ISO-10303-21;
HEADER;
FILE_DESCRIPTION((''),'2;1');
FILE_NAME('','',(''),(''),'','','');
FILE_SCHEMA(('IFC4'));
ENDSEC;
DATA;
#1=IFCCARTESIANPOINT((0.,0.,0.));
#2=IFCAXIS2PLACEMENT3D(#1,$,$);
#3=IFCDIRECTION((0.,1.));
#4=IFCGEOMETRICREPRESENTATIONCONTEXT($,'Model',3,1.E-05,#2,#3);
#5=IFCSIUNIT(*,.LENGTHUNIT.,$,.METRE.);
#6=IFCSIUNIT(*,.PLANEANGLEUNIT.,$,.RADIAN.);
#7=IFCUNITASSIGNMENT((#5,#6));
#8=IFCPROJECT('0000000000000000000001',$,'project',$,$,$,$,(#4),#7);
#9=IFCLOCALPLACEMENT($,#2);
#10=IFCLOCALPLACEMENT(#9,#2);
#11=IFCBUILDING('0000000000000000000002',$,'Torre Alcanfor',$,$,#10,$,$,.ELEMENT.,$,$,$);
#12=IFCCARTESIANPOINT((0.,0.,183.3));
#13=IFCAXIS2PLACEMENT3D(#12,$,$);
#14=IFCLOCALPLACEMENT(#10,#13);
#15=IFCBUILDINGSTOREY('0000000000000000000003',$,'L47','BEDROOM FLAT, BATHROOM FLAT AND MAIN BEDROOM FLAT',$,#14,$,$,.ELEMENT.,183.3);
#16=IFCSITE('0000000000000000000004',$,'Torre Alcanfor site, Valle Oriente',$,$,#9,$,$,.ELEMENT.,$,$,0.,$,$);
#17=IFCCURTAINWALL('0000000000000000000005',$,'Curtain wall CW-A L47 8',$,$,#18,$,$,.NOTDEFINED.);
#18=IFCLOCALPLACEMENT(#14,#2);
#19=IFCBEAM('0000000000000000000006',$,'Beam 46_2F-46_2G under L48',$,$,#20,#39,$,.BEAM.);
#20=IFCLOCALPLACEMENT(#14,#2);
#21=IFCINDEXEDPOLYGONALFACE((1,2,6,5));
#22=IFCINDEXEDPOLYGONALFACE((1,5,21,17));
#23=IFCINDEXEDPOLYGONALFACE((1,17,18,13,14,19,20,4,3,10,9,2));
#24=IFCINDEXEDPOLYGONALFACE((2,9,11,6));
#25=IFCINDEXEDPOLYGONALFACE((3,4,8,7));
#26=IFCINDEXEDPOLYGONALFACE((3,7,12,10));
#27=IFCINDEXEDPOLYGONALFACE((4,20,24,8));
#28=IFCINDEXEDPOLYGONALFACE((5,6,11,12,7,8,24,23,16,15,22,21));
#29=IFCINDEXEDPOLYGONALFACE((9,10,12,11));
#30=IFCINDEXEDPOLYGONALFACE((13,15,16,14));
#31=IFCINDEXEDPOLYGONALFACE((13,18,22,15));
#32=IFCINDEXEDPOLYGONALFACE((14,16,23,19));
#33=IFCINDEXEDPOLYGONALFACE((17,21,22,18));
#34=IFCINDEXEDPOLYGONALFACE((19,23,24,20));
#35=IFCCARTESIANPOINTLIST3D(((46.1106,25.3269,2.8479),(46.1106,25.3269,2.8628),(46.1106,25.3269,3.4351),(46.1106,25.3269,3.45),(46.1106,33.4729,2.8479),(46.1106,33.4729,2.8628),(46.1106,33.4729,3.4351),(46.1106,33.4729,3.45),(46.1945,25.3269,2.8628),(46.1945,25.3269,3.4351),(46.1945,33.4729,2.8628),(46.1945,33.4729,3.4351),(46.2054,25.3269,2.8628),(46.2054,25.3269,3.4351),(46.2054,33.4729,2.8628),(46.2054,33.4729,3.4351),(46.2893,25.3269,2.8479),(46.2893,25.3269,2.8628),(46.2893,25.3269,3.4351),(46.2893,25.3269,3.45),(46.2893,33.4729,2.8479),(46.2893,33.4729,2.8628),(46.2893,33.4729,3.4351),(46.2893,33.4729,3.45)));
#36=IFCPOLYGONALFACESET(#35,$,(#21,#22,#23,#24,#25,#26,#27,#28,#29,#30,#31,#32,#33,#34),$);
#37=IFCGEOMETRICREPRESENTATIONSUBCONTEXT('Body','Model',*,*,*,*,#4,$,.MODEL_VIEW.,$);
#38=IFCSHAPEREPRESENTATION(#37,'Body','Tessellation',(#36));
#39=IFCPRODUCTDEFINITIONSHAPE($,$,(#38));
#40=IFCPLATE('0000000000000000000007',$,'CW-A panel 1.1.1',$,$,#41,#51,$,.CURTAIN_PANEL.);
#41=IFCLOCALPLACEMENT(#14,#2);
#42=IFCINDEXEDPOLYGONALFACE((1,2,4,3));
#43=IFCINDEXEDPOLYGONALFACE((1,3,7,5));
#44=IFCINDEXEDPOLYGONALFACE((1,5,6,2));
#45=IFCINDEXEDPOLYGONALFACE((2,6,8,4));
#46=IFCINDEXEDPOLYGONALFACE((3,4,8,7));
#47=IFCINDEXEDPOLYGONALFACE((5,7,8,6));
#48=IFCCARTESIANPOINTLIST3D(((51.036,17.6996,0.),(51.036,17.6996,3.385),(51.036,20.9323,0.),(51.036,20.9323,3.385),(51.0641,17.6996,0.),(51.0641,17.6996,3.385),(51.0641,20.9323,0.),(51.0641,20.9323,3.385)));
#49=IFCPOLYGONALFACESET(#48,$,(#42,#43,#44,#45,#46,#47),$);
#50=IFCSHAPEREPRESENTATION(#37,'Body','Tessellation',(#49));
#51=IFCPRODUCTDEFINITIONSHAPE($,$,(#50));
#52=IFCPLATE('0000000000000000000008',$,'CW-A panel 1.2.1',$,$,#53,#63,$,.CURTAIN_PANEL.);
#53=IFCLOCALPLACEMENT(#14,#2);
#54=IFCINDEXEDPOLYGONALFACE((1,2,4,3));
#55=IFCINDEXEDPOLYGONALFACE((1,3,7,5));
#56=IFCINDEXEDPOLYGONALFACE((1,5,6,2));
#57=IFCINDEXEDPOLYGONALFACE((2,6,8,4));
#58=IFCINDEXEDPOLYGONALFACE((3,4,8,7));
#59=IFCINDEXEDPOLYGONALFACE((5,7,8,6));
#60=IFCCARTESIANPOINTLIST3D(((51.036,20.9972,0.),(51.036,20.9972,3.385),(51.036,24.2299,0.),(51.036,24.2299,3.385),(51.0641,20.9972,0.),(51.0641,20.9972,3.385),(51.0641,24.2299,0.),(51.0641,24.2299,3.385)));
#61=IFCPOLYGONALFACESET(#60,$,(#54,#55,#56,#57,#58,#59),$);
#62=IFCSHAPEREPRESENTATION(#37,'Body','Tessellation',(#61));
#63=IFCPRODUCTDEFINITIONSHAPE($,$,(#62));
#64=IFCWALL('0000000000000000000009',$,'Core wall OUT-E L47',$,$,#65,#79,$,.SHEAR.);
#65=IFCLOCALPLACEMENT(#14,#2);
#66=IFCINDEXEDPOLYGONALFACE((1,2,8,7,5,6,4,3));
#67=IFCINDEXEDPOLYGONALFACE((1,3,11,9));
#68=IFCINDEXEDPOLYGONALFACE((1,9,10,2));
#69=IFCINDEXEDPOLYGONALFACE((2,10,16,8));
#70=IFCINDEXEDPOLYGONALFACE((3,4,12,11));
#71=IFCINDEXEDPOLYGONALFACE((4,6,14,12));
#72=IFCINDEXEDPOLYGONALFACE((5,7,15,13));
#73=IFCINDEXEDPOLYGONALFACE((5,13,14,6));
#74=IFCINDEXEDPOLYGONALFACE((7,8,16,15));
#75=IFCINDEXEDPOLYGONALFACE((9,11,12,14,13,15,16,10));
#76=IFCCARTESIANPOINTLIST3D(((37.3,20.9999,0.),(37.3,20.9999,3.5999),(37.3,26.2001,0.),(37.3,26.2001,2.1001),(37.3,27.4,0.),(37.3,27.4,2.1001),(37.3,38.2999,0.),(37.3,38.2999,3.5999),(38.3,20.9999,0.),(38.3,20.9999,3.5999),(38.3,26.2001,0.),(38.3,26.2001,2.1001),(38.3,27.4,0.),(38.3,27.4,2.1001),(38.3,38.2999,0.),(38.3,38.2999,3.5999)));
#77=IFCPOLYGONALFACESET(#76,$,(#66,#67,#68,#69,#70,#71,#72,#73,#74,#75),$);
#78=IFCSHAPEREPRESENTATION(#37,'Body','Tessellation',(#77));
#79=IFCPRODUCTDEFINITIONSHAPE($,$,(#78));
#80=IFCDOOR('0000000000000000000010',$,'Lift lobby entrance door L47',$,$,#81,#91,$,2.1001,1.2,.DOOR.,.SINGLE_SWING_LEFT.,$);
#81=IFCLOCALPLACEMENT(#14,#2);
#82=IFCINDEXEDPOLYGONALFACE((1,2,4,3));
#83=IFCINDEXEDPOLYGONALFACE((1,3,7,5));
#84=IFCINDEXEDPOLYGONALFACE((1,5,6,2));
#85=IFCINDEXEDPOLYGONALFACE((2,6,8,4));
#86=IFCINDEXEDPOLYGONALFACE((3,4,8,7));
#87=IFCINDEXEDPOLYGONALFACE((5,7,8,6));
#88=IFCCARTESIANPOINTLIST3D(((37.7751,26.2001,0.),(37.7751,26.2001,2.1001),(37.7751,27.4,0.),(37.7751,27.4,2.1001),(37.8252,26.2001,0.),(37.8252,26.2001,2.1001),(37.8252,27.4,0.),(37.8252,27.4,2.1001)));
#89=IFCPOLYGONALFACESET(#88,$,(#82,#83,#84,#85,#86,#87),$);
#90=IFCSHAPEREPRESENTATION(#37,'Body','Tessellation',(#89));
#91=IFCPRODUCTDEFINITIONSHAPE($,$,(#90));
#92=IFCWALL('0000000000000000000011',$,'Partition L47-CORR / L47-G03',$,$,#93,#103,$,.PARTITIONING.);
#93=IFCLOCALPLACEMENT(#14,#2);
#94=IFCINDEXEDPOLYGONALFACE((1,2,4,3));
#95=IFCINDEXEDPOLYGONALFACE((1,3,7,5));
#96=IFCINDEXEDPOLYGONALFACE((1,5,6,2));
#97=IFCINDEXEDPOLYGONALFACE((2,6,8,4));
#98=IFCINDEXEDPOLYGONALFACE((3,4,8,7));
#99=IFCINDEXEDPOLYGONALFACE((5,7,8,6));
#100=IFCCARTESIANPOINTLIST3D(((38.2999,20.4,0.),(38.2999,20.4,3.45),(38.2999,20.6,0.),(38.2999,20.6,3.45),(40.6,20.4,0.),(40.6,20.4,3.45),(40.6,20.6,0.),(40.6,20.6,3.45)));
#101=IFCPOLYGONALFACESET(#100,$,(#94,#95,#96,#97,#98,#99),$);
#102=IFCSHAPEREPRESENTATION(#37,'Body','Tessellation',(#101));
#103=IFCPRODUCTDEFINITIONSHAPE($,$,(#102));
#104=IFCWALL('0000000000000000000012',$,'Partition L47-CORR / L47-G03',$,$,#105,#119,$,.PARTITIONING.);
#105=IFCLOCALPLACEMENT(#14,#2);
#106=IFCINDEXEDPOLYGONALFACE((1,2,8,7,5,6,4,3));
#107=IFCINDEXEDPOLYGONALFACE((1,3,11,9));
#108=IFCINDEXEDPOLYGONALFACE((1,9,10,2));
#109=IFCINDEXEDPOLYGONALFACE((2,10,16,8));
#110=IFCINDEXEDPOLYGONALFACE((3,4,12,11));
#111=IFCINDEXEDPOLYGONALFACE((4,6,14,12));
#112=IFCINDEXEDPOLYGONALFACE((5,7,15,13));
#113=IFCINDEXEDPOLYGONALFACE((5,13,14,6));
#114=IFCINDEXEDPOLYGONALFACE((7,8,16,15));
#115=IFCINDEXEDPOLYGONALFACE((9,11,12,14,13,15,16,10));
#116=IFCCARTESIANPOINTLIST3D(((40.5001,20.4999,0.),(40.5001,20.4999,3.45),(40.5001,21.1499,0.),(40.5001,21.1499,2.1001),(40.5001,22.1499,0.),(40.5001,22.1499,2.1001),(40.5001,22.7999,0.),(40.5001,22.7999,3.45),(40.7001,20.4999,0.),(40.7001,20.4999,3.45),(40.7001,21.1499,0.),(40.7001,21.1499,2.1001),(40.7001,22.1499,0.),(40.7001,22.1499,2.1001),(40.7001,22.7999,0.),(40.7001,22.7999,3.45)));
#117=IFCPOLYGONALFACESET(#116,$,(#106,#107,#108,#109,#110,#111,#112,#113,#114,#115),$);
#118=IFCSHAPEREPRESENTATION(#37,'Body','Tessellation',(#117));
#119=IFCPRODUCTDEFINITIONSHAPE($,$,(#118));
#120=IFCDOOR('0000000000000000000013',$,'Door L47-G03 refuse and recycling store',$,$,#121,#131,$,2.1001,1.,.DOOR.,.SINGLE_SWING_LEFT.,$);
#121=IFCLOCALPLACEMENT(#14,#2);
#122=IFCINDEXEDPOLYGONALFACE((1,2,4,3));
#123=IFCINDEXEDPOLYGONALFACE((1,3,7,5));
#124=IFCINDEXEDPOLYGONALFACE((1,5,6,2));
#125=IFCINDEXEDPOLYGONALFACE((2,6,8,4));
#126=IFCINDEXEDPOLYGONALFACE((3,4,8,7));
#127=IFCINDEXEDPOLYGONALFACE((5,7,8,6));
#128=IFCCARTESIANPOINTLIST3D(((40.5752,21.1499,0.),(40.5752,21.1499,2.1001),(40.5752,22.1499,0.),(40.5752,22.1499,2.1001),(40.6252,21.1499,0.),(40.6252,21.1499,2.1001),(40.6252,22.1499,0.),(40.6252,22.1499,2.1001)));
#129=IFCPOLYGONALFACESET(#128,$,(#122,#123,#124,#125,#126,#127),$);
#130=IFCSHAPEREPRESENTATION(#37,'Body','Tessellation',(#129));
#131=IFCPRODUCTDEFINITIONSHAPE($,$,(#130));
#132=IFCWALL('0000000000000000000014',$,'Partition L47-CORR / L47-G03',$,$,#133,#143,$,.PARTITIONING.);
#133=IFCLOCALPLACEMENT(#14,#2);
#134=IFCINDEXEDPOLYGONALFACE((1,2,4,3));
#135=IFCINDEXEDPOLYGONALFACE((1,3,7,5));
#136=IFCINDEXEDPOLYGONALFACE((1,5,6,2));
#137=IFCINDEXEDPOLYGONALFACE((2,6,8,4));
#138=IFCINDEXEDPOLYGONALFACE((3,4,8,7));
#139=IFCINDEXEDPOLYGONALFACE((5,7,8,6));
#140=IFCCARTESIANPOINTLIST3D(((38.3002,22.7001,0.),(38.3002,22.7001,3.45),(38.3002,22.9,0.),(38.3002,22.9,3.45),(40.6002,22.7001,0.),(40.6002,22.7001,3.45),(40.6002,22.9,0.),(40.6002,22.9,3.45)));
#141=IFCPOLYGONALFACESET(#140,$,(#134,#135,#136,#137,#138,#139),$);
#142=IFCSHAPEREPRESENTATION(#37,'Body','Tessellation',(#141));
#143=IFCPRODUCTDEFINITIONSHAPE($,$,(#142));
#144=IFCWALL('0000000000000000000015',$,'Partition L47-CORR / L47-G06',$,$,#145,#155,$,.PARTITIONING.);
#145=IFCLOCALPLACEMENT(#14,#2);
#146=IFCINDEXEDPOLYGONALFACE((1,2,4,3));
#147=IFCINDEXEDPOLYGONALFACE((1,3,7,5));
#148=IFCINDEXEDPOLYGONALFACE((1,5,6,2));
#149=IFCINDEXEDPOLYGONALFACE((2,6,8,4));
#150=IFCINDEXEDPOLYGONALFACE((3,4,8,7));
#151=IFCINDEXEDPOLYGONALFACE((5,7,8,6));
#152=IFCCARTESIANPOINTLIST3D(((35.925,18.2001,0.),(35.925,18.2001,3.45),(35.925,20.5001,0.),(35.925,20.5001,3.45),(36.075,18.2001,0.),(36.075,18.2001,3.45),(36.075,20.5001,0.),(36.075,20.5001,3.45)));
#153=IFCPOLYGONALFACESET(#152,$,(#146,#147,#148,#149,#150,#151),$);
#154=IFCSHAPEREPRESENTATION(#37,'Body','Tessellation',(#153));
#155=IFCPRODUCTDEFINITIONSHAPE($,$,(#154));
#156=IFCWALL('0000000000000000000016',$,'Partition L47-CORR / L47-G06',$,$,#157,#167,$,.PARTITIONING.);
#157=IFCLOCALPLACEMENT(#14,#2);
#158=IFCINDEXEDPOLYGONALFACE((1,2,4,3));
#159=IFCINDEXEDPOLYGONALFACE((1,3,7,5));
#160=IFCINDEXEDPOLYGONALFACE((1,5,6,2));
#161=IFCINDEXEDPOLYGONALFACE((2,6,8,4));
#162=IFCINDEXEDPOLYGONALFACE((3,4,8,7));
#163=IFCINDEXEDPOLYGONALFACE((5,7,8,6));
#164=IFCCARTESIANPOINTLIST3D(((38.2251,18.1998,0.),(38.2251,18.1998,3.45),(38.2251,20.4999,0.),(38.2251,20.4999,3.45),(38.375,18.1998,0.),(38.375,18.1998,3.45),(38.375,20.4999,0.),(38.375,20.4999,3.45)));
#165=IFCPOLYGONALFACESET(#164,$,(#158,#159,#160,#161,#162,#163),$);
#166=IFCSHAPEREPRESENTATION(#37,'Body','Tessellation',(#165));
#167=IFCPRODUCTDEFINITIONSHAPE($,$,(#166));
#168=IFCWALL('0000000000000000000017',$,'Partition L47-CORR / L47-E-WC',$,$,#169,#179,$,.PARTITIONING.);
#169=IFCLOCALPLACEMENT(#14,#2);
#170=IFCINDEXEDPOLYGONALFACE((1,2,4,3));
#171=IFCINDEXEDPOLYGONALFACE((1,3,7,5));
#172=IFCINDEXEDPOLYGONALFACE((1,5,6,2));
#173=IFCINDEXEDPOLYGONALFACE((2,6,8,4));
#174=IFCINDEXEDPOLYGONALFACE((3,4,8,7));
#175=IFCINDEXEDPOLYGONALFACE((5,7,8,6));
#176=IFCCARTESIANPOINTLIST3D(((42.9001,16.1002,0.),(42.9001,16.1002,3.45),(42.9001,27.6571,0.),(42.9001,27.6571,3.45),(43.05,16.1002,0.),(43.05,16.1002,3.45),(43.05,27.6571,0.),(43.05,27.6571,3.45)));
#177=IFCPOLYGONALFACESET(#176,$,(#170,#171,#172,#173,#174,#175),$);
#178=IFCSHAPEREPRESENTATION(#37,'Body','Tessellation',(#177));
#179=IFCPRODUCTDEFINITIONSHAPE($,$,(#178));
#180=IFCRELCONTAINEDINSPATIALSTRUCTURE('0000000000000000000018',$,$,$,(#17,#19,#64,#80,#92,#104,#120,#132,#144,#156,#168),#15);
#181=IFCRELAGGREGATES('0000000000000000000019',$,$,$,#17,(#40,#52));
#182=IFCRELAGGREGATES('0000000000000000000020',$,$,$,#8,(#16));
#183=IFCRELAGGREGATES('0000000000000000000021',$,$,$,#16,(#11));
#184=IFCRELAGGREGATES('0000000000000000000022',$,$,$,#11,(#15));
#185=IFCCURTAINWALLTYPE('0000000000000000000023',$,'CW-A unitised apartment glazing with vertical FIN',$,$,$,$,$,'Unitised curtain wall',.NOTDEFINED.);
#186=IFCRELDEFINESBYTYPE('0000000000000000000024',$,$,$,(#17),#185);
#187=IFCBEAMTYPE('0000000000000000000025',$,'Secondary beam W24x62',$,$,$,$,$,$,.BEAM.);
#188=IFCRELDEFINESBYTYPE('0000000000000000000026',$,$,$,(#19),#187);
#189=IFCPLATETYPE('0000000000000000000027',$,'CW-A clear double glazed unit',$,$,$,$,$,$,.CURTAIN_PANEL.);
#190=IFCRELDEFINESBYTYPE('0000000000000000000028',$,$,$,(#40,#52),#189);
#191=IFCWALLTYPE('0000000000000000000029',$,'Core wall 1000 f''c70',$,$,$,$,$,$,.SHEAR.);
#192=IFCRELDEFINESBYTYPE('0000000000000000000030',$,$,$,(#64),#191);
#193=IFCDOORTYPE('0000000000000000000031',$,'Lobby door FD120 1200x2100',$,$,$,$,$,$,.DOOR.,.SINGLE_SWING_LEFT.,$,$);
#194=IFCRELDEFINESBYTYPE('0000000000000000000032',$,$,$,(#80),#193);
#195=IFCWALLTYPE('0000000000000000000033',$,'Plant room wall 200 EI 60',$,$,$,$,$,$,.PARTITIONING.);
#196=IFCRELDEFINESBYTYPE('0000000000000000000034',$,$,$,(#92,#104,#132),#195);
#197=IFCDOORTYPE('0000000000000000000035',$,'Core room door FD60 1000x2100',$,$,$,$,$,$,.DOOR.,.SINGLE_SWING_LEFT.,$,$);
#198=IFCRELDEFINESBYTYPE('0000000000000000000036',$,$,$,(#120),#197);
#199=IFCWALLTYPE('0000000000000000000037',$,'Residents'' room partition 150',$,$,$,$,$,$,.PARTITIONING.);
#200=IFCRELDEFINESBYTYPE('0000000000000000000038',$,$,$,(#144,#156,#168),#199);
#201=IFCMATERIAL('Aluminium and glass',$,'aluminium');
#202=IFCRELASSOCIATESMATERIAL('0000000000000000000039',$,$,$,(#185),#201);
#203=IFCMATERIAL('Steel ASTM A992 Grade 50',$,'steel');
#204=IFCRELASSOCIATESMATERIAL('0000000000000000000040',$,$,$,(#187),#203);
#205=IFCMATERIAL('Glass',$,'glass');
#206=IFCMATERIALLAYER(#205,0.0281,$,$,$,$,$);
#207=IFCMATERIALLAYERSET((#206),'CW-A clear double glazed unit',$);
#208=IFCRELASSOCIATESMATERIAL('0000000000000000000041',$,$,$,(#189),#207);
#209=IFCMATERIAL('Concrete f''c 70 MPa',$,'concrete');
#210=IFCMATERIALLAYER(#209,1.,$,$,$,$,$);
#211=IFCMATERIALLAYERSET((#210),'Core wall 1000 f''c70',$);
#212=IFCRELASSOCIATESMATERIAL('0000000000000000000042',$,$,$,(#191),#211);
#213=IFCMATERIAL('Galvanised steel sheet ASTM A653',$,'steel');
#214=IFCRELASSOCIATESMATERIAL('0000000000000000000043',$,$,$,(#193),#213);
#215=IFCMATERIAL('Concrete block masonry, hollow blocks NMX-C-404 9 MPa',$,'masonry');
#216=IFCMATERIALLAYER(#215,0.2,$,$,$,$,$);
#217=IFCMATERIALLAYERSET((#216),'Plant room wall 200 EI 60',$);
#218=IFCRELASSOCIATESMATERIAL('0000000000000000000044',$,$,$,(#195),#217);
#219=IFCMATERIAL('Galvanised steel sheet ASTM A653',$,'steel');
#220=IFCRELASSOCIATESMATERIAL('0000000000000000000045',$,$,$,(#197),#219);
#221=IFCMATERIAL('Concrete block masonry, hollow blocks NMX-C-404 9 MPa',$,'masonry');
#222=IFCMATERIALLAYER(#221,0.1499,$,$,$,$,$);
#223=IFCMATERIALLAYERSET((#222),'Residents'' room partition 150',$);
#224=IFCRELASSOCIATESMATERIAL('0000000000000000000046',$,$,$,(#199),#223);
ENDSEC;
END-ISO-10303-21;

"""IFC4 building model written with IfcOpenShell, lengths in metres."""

from ifc_helpers import new_model, si_unit, direction, frame, frame_2d, origin, origin_2d, place, context, subcontext, project, spatial, rectangle, i_section, extrude, material, layer, layer_set, material_profile, profile_set, type_object, element, fill, aggregate, save


model = new_model("IFC4")

# Units and contexts
model_context = context("Model", 3, precision=1e-05, world=origin(), true_north=direction((0.0, 1.0)))
body_context = subcontext(model_context, "Body", "Model", "MODEL_VIEW")
ifc_project = project(units=[si_unit("LENGTHUNIT", "METRE"), si_unit("PLANEANGLEUNIT", "RADIAN")], contexts=[model_context])

# Site, building, storey
site_placement = place(None, origin())
site = spatial("IfcSite", under=ifc_project, at=site_placement, Name="Torre Alcanfor site, Valle Oriente", CompositionType="ELEMENT", RefElevation=0.0)
building_placement = place(site_placement, origin())
building = spatial("IfcBuilding", under=site, at=building_placement, Name="Torre Alcanfor", CompositionType="ELEMENT")
storey_placement = place(building_placement, frame((0.0, 0.0, 183.3)))
storey = spatial("IfcBuildingStorey", under=building, at=storey_placement, Name="L47", Description="BEDROOM FLAT, BATHROOM FLAT AND MAIN BEDROOM FLAT", CompositionType="ELEMENT", Elevation=183.3)

# Curtain wall
ifc_material_1 = material(Name="Aluminium and glass", Category="aluminium")
curtain_wall_type = type_object("IfcCurtainWallType", Name="CW-A unitised apartment glazing with vertical FIN", ElementType="Unitised curtain wall", PredefinedType="NOTDEFINED", material=ifc_material_1)
curtain_wall_placement = place(storey_placement, origin())
curtain_wall = element("IfcCurtainWall", 1, at=curtain_wall_placement, inside=storey, type_object=curtain_wall_type, Name="Curtain wall CW-A L47 8", PredefinedType="NOTDEFINED")

# Beam
ifc_material_2 = material(Name="Steel ASTM A992 Grade 50", Category="steel")
ifc_material_profile_1 = material_profile(ifc_material_2, i_section(OverallWidth=0.1787, OverallDepth=0.6021, WebThickness=0.011, FlangeThickness=0.0149, at=origin_2d()), Name="W24x62")
ifc_profile_set_1 = profile_set([ifc_material_profile_1], Name="Steel ASTM A992 Grade 50")
beam_type_1 = type_object("IfcBeamType", Name="Secondary beam W24x62", PredefinedType="BEAM", material=ifc_profile_set_1)
beam_1_placement = place(storey_placement, frame((46.2, 25.3269, 3.1489), z_axis=(0.0, 1.0, 0.0), x_axis=(-1.0, 0.0, 0.0)))
element("IfcBeam", 2, at=beam_1_placement, inside=storey, type_object=beam_type_1, Name="Beam 46_2F-46_2G under L48", PredefinedType="BEAM", context=body_context, shape_type="SweptSolid", body=[
    extrude(i_section(OverallWidth=0.1787, OverallDepth=0.6021, WebThickness=0.011, FlangeThickness=0.0149, at=origin_2d()), origin(), (0.0, 0.0, 1.0), 8.146),
])

# Plates
ifc_material_3 = material(Name="Glass", Category="glass")
ifc_layer_1 = layer(ifc_material_3, 0.0281)
ifc_layer_set_1 = layer_set([ifc_layer_1], Name="CW-A clear double glazed unit")
plate_type = type_object("IfcPlateType", Name="CW-A clear double glazed unit", PredefinedType="CURTAIN_PANEL", material=ifc_layer_set_1)
plate_1_placement = place(storey_placement, frame((51.05, 19.3159, 0.0), z_axis=(0.0, 0.0, 1.0), x_axis=(0.0, 1.0, 0.0)))
plate_1 = element("IfcPlate", 3, at=plate_1_placement, type_object=plate_type, Name="CW-A panel 1.1.1", PredefinedType="CURTAIN_PANEL", context=body_context, shape_type="SweptSolid", body=[
    extrude(rectangle(XDim=3.2327, YDim=0.0281, at=origin_2d()), origin(), (0.0, 0.0, 1.0), 3.385),
])
plate_2_placement = place(storey_placement, frame((51.05, 22.6135, 0.0), z_axis=(0.0, 0.0, 1.0), x_axis=(0.0, 1.0, 0.0)))
plate_2 = element("IfcPlate", 4, at=plate_2_placement, type_object=plate_type, Name="CW-A panel 1.2.1", PredefinedType="CURTAIN_PANEL", context=body_context, shape_type="SweptSolid", body=[
    extrude(rectangle(XDim=3.2327, YDim=0.0281, at=origin_2d()), origin(), (0.0, 0.0, 1.0), 3.385),
])
aggregate(curtain_wall, [plate_1, plate_2])

# Wall, opening, door
ifc_material_4 = material(Name="Concrete f'c 70 MPa", Category="concrete")
ifc_layer_2 = layer(ifc_material_4, 1.0)
ifc_layer_set_2 = layer_set([ifc_layer_2], Name="Core wall 1000 f'c70")
wall_type_1 = type_object("IfcWallType", Name="Core wall 1000 f'c70", PredefinedType="SHEAR", material=ifc_layer_set_2)
wall_1_placement = place(storey_placement, frame((37.8, 21.0, 0.0), z_axis=(0.0, 0.0, 1.0), x_axis=(0.0, 1.0, 0.0)))
wall_1 = element("IfcWall", 5, at=wall_1_placement, inside=storey, type_object=wall_type_1, Name="Core wall OUT-E L47", PredefinedType="SHEAR", context=body_context, shape_type="SweptSolid", body=[
    extrude(rectangle(XDim=17.3, YDim=1.0, at=frame_2d((8.6499, 0.0))), origin(), (0.0, 0.0, 1.0), 3.5999),
])
opening_1_placement = place(wall_1_placement, frame((5.2, 0.0, 0.0)))
opening_1 = element("IfcOpeningElement", 6, at=opening_1_placement, cuts=wall_1, PredefinedType="OPENING", context=body_context, shape_type="SweptSolid", body=[
    extrude(rectangle(XDim=1.2, YDim=2.1001, at=frame_2d((0.6001, 1.05))), frame((0.0, 0.51, 0.0), z_axis=(0.0, -1.0, 0.0), x_axis=(1.0, 0.0, 0.0)), (0.0, 0.0, 1.0), 1.02),
])
ifc_material_5 = material(Name="Galvanised steel sheet ASTM A653", Category="steel")
door_type_1 = type_object("IfcDoorType", Name="Lobby door FD120 1200x2100", OperationType="SINGLE_SWING_LEFT", PredefinedType="DOOR", material=ifc_material_5)
door_1_placement = place(opening_1_placement, origin())
door_1 = element("IfcDoor", 7, at=door_1_placement, inside=storey, type_object=door_type_1, Name="Lift lobby entrance door L47", OperationType="SINGLE_SWING_LEFT", OverallHeight=2.1001, OverallWidth=1.2, PredefinedType="DOOR", context=body_context, shape_type="SweptSolid", body=[
    extrude(rectangle(XDim=1.2, YDim=2.1001, at=frame_2d((0.6001, 1.05))), frame((0.0, 0.0249, 0.0), z_axis=(0.0, -1.0, 0.0), x_axis=(1.0, 0.0, 0.0)), (0.0, 0.0, 1.0), 0.05),
])
fill(opening_1, door_1)

# Wall
ifc_material_6 = material(Name="Concrete block masonry, hollow blocks NMX-C-404 9 MPa", Category="masonry")
ifc_layer_3 = layer(ifc_material_6, 0.2)
ifc_layer_set_3 = layer_set([ifc_layer_3], Name="Plant room wall 200 EI 60")
wall_type_2 = type_object("IfcWallType", Name="Plant room wall 200 EI 60", PredefinedType="PARTITIONING", material=ifc_layer_set_3)
wall_2_placement = place(storey_placement, frame((38.3, 20.5, 0.0), z_axis=(0.0, 0.0, 1.0), x_axis=(1.0, 0.0, 0.0)))
element("IfcWall", 8, at=wall_2_placement, inside=storey, type_object=wall_type_2, Name="Partition L47-CORR / L47-G03", PredefinedType="PARTITIONING", context=body_context, shape_type="SweptSolid", body=[
    extrude(rectangle(XDim=2.3, YDim=0.2, at=frame_2d((1.1499, 0.0))), origin(), (0.0, 0.0, 1.0), 3.45),
])

# Wall, opening, door
wall_3_placement = place(storey_placement, frame((40.6001, 20.5, 0.0), z_axis=(0.0, 0.0, 1.0), x_axis=(0.0, 1.0, 0.0)))
wall_3 = element("IfcWall", 9, at=wall_3_placement, inside=storey, type_object=wall_type_2, Name="Partition L47-CORR / L47-G03", PredefinedType="PARTITIONING", context=body_context, shape_type="SweptSolid", body=[
    extrude(rectangle(XDim=2.3, YDim=0.2, at=frame_2d((1.1499, 0.0))), origin(), (0.0, 0.0, 1.0), 3.45),
])
opening_2_placement = place(wall_3_placement, frame((0.6499, 0.0, 0.0)))
opening_2 = element("IfcOpeningElement", 10, at=opening_2_placement, cuts=wall_3, PredefinedType="OPENING", context=body_context, shape_type="SweptSolid", body=[
    extrude(rectangle(XDim=1.0, YDim=2.1001, at=frame_2d((0.5, 1.05))), frame((0.0, 0.1099, 0.0), z_axis=(0.0, -1.0, 0.0), x_axis=(1.0, 0.0, 0.0)), (0.0, 0.0, 1.0), 0.22),
])
ifc_material_7 = material(Name="Galvanised steel sheet ASTM A653", Category="steel")
door_type_2 = type_object("IfcDoorType", Name="Core room door FD60 1000x2100", OperationType="SINGLE_SWING_LEFT", PredefinedType="DOOR", material=ifc_material_7)
door_2_placement = place(opening_2_placement, origin())
door_2 = element("IfcDoor", 11, at=door_2_placement, inside=storey, type_object=door_type_2, Name="Door L47-G03 refuse and recycling store", OperationType="SINGLE_SWING_LEFT", OverallHeight=2.1001, OverallWidth=1.0, PredefinedType="DOOR", context=body_context, shape_type="SweptSolid", body=[
    extrude(rectangle(XDim=1.0, YDim=2.1001, at=frame_2d((0.5, 1.05))), frame((0.0, 0.0249, 0.0), z_axis=(0.0, -1.0, 0.0), x_axis=(1.0, 0.0, 0.0)), (0.0, 0.0, 1.0), 0.05),
])
fill(opening_2, door_2)

# Walls
wall_4_placement = place(storey_placement, frame((40.6001, 22.8, 0.0), z_axis=(0.0, 0.0, 1.0), x_axis=(-1.0, 0.0, 0.0)))
element("IfcWall", 12, at=wall_4_placement, inside=storey, type_object=wall_type_2, Name="Partition L47-CORR / L47-G03", PredefinedType="PARTITIONING", context=body_context, shape_type="SweptSolid", body=[
    extrude(rectangle(XDim=2.3, YDim=0.2, at=frame_2d((1.1499, 0.0))), origin(), (0.0, 0.0, 1.0), 3.45),
])
ifc_material_8 = material(Name="Concrete block masonry, hollow blocks NMX-C-404 9 MPa", Category="masonry")
ifc_layer_4 = layer(ifc_material_8, 0.1499)
ifc_layer_set_4 = layer_set([ifc_layer_4], Name="Residents' room partition 150")
wall_type_3 = type_object("IfcWallType", Name="Residents' room partition 150", PredefinedType="PARTITIONING", material=ifc_layer_set_4)
for number, where, z_axis, x_axis, name in (
    (13, (36.0, 20.5, 0.0), (0.0, 0.0, 1.0), (0.0, -1.0, 0.0), "Partition L47-CORR / L47-G06"),
    (14, (38.3, 18.2, 0.0), (0.0, 0.0, 1.0), (0.0, 1.0, 0.0), "Partition L47-CORR / L47-G06"),
):
    element("IfcWall", number, at=place(storey_placement, frame(where, z_axis=z_axis, x_axis=x_axis)), inside=storey, type_object=wall_type_3, Name=name, PredefinedType="PARTITIONING", context=body_context, shape_type="SweptSolid", body=[
        extrude(rectangle(XDim=2.3, YDim=0.1499, at=frame_2d((1.1499, 0.0))), origin(), (0.0, 0.0, 1.0), 3.45),
    ])
wall_5_placement = place(storey_placement, frame((42.9751, 27.657, 0.0), z_axis=(0.0, 0.0, 1.0), x_axis=(0.0, -1.0, 0.0)))
element("IfcWall", 15, at=wall_5_placement, inside=storey, type_object=wall_type_3, Name="Partition L47-CORR / L47-E-WC", PredefinedType="PARTITIONING", context=body_context, shape_type="SweptSolid", body=[
    extrude(rectangle(XDim=11.5569, YDim=0.1499, at=frame_2d((5.7783, 0.0))), origin(), (0.0, 0.0, 1.0), 3.45),
])

save(model, "model.ifc")
